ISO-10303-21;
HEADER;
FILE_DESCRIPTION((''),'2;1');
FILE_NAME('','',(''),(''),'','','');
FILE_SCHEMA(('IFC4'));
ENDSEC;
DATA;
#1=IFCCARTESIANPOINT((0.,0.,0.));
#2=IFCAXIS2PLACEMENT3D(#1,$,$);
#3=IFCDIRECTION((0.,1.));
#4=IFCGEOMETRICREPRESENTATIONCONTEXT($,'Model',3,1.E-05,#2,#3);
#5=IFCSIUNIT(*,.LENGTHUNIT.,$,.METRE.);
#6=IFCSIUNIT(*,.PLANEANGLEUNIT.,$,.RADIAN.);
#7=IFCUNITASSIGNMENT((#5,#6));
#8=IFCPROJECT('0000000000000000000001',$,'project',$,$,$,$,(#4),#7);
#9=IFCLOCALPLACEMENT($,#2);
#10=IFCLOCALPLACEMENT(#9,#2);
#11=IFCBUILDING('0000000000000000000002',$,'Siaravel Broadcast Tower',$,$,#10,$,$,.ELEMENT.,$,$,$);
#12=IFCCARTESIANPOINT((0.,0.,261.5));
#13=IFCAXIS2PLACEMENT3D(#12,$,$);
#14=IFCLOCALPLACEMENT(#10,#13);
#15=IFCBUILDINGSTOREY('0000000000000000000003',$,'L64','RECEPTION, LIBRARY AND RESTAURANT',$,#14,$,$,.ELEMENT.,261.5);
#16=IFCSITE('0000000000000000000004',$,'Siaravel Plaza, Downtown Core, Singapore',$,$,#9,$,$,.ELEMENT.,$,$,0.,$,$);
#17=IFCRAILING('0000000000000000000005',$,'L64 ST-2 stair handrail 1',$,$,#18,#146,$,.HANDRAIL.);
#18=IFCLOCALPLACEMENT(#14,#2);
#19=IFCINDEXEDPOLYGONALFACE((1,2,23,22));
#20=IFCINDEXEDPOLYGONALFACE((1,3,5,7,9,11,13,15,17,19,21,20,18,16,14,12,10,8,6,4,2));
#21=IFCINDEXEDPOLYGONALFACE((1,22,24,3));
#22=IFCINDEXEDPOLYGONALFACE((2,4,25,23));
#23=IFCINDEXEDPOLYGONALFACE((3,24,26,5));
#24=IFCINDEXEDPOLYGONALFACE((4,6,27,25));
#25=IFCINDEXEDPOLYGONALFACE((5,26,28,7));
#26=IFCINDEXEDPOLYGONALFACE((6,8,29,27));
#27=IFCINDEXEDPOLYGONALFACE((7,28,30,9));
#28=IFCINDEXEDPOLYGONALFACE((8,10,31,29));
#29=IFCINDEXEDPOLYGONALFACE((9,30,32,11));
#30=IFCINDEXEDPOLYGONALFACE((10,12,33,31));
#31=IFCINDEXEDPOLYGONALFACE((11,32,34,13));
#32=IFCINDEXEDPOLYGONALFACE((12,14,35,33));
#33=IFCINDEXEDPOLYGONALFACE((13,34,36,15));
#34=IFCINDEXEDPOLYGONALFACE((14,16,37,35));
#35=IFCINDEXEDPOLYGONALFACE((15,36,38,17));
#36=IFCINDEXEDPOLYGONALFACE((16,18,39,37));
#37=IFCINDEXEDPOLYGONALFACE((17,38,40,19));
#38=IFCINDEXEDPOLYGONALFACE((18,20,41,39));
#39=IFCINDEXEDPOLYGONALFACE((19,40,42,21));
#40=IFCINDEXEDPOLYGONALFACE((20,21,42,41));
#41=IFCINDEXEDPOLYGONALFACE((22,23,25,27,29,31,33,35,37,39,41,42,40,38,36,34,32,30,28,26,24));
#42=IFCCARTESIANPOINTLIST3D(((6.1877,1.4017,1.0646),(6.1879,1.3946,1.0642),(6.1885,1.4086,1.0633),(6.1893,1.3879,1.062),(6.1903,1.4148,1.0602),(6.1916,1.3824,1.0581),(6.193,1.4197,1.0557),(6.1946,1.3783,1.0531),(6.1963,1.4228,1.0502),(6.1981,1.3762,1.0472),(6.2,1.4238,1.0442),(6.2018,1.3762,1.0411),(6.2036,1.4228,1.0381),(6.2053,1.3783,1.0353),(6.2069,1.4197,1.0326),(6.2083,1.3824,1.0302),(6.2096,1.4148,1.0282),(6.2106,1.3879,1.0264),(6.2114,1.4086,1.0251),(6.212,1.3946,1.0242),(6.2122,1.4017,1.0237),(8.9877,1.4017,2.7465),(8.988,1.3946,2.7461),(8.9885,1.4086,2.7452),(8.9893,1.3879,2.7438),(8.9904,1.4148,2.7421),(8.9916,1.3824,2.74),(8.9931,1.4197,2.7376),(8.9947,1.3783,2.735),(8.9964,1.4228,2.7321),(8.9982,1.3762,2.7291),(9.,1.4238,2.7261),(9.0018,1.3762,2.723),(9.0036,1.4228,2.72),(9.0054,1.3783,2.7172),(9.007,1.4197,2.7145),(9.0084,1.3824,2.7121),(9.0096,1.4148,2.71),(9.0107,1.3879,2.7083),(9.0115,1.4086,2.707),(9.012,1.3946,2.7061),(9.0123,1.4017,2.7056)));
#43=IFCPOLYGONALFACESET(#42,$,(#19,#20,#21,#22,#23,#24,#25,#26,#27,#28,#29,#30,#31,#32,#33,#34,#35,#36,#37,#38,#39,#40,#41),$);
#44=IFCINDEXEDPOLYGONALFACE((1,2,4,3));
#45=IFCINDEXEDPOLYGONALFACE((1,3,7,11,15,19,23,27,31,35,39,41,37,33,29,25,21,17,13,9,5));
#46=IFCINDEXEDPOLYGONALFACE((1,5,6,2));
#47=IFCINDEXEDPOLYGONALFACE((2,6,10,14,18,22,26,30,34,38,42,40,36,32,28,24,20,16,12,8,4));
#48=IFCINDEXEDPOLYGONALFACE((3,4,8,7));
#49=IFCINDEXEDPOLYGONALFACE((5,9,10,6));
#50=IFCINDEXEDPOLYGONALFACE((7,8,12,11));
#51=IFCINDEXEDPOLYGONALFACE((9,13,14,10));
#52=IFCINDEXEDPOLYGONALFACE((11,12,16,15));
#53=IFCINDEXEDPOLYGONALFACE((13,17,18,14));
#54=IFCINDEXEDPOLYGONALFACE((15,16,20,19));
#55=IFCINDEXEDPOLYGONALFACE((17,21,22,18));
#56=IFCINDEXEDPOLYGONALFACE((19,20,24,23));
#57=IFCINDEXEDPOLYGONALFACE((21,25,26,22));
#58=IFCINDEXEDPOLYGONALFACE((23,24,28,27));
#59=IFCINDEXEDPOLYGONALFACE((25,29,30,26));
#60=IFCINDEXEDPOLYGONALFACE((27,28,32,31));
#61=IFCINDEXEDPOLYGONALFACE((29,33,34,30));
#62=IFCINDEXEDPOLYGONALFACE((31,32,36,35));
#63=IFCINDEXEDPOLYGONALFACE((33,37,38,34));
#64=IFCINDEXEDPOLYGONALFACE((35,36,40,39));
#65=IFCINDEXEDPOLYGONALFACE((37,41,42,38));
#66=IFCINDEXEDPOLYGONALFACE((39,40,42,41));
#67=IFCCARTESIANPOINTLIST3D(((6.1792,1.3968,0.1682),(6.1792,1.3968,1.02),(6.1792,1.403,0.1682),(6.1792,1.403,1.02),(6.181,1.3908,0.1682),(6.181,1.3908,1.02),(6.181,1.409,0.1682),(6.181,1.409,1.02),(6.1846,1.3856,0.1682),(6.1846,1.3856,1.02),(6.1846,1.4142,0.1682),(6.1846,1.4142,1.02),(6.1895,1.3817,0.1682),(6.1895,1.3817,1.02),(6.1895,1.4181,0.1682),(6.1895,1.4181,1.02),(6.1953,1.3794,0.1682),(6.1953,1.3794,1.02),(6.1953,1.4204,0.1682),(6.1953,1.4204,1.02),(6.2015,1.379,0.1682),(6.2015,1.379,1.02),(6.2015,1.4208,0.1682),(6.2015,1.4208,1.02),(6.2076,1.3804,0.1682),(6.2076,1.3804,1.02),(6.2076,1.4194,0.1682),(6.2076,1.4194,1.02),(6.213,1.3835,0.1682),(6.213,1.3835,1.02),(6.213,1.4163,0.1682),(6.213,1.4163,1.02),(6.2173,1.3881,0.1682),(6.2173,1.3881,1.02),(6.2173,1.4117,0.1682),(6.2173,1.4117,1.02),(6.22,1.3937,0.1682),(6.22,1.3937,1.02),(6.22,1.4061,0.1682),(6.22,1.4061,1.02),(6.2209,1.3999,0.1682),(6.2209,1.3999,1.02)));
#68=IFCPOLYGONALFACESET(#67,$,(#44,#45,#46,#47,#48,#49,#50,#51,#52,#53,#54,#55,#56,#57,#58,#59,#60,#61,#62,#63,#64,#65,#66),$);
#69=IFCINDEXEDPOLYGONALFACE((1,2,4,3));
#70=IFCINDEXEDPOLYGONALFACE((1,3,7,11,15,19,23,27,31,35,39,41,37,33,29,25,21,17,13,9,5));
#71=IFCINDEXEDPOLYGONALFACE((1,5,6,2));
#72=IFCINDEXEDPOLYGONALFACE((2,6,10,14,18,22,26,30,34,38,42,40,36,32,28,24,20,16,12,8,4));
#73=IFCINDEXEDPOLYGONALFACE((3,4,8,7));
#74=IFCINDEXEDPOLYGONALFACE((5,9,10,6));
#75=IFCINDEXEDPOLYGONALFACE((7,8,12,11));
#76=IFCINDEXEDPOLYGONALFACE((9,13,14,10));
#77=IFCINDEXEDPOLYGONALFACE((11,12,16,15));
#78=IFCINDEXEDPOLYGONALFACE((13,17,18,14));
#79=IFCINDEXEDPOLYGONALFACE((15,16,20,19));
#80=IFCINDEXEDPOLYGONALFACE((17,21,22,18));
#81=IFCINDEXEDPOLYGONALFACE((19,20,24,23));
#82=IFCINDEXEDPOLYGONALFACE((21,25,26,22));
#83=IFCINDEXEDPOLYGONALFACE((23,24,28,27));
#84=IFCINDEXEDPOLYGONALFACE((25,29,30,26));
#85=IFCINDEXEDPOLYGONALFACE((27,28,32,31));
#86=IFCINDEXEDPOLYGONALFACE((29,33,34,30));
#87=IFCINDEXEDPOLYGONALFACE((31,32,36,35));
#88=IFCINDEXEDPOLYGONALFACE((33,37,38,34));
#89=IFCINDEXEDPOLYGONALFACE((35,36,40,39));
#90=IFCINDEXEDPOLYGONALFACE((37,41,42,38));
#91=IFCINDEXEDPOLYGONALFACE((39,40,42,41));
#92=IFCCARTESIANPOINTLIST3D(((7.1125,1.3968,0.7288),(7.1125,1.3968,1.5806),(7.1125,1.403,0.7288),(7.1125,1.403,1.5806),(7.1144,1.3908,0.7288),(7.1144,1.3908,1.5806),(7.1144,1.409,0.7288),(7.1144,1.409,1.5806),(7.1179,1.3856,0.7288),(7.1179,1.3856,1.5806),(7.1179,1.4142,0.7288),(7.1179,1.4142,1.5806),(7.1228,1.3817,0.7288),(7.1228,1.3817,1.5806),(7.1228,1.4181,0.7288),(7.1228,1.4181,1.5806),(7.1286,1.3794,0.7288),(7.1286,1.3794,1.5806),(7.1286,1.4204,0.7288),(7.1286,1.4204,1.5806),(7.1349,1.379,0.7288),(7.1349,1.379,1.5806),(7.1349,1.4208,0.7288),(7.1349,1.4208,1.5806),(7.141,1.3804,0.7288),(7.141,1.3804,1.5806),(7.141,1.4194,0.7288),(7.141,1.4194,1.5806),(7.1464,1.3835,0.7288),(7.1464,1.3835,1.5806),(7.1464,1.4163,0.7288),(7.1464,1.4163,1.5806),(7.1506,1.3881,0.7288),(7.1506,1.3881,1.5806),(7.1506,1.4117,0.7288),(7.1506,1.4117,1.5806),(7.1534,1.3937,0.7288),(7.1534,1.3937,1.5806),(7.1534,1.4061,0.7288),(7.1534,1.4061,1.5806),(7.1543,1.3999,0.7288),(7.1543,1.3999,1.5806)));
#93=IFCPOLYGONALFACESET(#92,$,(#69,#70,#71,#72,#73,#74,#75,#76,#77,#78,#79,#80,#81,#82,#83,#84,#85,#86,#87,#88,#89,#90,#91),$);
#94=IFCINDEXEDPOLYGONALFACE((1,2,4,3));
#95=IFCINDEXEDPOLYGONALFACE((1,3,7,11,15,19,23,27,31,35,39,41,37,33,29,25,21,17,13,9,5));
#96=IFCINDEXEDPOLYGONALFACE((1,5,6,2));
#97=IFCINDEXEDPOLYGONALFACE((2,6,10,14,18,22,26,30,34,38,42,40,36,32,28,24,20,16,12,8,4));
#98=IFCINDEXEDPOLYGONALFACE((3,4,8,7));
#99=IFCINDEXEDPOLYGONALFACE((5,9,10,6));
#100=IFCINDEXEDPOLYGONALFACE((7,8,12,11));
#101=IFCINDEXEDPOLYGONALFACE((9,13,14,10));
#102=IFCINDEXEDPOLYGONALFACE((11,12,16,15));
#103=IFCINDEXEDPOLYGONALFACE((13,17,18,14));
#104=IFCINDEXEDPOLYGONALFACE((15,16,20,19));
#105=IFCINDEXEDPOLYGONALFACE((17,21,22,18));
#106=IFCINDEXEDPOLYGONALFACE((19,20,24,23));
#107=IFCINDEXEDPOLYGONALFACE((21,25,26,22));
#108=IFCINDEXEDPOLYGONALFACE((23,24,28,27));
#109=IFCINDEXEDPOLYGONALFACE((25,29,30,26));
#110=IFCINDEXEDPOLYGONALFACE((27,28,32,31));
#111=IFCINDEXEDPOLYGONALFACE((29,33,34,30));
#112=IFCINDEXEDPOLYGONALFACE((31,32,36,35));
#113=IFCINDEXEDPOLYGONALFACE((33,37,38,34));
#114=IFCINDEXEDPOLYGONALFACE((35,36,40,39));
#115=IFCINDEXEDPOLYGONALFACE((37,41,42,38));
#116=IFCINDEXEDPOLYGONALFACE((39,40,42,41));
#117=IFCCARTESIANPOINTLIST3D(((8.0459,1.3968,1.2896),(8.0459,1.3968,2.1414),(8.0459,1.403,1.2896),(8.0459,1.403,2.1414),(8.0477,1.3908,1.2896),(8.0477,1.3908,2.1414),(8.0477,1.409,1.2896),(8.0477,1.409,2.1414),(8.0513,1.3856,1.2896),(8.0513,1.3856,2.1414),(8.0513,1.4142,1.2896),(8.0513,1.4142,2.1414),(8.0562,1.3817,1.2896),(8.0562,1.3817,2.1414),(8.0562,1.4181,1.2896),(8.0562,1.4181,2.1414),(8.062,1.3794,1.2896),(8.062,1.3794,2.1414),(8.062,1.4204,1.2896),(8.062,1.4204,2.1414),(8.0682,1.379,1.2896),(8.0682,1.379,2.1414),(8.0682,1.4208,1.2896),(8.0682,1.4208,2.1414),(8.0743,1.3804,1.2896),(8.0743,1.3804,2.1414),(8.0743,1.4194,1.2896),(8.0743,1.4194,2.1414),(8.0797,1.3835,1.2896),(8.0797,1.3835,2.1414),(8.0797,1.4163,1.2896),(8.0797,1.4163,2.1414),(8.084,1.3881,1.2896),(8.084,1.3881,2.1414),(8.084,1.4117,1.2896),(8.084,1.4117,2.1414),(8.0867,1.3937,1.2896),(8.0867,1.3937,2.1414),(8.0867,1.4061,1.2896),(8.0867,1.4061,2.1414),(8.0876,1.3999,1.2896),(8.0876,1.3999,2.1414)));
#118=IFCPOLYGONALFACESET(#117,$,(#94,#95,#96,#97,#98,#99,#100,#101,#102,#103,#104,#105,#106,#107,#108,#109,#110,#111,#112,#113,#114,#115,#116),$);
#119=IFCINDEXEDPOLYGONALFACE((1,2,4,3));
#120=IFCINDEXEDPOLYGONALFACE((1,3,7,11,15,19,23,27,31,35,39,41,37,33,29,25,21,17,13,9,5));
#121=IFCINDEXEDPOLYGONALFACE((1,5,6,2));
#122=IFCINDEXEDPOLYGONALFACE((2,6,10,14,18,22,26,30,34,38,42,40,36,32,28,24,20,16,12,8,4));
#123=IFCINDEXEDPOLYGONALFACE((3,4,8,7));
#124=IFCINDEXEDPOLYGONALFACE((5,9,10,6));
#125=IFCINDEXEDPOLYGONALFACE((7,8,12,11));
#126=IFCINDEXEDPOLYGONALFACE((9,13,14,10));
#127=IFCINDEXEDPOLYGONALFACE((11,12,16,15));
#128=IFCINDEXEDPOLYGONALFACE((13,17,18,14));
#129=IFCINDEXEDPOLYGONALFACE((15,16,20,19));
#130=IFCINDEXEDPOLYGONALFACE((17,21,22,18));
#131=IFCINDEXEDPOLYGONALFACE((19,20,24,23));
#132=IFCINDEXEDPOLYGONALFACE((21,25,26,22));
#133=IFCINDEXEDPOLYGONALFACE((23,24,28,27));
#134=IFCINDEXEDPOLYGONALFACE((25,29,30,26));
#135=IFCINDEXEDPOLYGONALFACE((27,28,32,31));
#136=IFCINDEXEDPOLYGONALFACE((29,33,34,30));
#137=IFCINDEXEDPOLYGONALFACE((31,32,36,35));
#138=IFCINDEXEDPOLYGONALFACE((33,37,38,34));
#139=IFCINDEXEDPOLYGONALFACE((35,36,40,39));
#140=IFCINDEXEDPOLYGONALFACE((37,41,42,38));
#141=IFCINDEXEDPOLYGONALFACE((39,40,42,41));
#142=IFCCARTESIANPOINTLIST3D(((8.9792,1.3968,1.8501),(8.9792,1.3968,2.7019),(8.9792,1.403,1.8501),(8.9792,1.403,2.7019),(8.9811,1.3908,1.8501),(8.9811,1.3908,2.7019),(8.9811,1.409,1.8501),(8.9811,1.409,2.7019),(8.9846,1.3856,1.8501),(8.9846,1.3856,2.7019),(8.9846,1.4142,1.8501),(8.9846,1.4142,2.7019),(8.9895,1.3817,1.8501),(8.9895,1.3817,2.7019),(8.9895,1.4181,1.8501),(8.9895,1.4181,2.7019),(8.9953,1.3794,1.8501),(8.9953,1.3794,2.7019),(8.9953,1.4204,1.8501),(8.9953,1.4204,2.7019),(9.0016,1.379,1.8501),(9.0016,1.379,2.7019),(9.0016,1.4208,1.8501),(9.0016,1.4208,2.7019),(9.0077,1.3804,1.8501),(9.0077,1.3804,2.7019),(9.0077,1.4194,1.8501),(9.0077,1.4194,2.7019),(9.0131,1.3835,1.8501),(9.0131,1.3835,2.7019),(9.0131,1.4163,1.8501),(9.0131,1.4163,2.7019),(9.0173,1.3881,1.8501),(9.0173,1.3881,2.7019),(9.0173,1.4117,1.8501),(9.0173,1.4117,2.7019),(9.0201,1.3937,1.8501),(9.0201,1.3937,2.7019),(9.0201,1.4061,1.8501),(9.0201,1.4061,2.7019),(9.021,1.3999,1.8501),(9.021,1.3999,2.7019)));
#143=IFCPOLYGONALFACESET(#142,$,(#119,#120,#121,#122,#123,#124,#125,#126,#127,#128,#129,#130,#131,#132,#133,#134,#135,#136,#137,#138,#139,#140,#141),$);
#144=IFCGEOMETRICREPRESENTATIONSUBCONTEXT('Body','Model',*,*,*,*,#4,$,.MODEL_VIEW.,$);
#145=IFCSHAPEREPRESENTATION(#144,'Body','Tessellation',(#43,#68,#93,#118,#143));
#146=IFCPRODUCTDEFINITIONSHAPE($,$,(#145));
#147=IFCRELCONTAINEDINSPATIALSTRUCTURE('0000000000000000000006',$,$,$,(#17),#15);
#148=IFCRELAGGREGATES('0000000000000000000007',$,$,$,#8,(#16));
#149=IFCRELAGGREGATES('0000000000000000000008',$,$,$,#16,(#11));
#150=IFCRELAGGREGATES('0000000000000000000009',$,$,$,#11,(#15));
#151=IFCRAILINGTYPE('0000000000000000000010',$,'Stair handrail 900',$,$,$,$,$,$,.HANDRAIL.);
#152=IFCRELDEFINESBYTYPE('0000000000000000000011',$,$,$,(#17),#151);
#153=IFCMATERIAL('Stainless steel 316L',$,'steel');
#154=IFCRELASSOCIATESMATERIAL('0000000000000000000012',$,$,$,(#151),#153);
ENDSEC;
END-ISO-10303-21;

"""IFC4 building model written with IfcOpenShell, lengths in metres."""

from ifc_helpers import new_model, si_unit, direction, frame, origin, origin_2d, place, context, subcontext, project, spatial, circle, extrude, material, type_object, element, save


model = new_model("IFC4")

# Units and contexts
model_context = context("Model", 3, precision=1e-05, world=origin(), true_north=direction((0.0, 1.0)))
body_context = subcontext(model_context, "Body", "Model", "MODEL_VIEW")
ifc_project = project(units=[si_unit("LENGTHUNIT", "METRE"), si_unit("PLANEANGLEUNIT", "RADIAN")], contexts=[model_context])

# Site, building, storey
site_placement = place(None, origin())
site = spatial("IfcSite", under=ifc_project, at=site_placement, Name="Siaravel Plaza, Downtown Core, Singapore", CompositionType="ELEMENT", RefElevation=0.0)
building_placement = place(site_placement, origin())
building = spatial("IfcBuilding", under=site, at=building_placement, Name="Siaravel Broadcast Tower", CompositionType="ELEMENT")
storey_placement = place(building_placement, frame((0.0, 0.0, 261.5)))
storey = spatial("IfcBuildingStorey", under=building, at=storey_placement, Name="L64", Description="RECEPTION, LIBRARY AND RESTAURANT", CompositionType="ELEMENT", Elevation=261.5)

# Railing
ifc_material_1 = material(Name="Stainless steel 316L", Category="steel")
railing_type_1 = type_object("IfcRailingType", Name="Stair handrail 900", PredefinedType="HANDRAIL", material=ifc_material_1)
railing_1_placement = place(storey_placement, frame((6.2, 1.3999, 0.1682)))
element("IfcRailing", 1, at=railing_1_placement, inside=storey, type_object=railing_type_1, Name="L64 ST-2 stair handrail 1", PredefinedType="HANDRAIL", context=body_context, shape_type="SweptSolid", body=[
    extrude(circle(Radius=0.0239, at=origin_2d()), frame((0.0, 0.0, 0.876), z_axis=(0.857242, 0.0, 0.514913), x_axis=(0.0, 1.0, 0.0)), (0.0, 0.0, 1.0), 3.2664),
    extrude(circle(Radius=0.021, at=origin_2d()), origin(), (0.0, 0.0, 1.0), 0.8518),
    extrude(circle(Radius=0.021, at=origin_2d()), frame((0.9333, 0.0, 0.5605)), (0.0, 0.0, 1.0), 0.8518),
    extrude(circle(Radius=0.021, at=origin_2d()), frame((1.8667, 0.0, 1.1213)), (0.0, 0.0, 1.0), 0.8518),
    extrude(circle(Radius=0.021, at=origin_2d()), frame((2.8, 0.0, 1.6819)), (0.0, 0.0, 1.0), 0.8518),
])

save(model, "model.ifc")
